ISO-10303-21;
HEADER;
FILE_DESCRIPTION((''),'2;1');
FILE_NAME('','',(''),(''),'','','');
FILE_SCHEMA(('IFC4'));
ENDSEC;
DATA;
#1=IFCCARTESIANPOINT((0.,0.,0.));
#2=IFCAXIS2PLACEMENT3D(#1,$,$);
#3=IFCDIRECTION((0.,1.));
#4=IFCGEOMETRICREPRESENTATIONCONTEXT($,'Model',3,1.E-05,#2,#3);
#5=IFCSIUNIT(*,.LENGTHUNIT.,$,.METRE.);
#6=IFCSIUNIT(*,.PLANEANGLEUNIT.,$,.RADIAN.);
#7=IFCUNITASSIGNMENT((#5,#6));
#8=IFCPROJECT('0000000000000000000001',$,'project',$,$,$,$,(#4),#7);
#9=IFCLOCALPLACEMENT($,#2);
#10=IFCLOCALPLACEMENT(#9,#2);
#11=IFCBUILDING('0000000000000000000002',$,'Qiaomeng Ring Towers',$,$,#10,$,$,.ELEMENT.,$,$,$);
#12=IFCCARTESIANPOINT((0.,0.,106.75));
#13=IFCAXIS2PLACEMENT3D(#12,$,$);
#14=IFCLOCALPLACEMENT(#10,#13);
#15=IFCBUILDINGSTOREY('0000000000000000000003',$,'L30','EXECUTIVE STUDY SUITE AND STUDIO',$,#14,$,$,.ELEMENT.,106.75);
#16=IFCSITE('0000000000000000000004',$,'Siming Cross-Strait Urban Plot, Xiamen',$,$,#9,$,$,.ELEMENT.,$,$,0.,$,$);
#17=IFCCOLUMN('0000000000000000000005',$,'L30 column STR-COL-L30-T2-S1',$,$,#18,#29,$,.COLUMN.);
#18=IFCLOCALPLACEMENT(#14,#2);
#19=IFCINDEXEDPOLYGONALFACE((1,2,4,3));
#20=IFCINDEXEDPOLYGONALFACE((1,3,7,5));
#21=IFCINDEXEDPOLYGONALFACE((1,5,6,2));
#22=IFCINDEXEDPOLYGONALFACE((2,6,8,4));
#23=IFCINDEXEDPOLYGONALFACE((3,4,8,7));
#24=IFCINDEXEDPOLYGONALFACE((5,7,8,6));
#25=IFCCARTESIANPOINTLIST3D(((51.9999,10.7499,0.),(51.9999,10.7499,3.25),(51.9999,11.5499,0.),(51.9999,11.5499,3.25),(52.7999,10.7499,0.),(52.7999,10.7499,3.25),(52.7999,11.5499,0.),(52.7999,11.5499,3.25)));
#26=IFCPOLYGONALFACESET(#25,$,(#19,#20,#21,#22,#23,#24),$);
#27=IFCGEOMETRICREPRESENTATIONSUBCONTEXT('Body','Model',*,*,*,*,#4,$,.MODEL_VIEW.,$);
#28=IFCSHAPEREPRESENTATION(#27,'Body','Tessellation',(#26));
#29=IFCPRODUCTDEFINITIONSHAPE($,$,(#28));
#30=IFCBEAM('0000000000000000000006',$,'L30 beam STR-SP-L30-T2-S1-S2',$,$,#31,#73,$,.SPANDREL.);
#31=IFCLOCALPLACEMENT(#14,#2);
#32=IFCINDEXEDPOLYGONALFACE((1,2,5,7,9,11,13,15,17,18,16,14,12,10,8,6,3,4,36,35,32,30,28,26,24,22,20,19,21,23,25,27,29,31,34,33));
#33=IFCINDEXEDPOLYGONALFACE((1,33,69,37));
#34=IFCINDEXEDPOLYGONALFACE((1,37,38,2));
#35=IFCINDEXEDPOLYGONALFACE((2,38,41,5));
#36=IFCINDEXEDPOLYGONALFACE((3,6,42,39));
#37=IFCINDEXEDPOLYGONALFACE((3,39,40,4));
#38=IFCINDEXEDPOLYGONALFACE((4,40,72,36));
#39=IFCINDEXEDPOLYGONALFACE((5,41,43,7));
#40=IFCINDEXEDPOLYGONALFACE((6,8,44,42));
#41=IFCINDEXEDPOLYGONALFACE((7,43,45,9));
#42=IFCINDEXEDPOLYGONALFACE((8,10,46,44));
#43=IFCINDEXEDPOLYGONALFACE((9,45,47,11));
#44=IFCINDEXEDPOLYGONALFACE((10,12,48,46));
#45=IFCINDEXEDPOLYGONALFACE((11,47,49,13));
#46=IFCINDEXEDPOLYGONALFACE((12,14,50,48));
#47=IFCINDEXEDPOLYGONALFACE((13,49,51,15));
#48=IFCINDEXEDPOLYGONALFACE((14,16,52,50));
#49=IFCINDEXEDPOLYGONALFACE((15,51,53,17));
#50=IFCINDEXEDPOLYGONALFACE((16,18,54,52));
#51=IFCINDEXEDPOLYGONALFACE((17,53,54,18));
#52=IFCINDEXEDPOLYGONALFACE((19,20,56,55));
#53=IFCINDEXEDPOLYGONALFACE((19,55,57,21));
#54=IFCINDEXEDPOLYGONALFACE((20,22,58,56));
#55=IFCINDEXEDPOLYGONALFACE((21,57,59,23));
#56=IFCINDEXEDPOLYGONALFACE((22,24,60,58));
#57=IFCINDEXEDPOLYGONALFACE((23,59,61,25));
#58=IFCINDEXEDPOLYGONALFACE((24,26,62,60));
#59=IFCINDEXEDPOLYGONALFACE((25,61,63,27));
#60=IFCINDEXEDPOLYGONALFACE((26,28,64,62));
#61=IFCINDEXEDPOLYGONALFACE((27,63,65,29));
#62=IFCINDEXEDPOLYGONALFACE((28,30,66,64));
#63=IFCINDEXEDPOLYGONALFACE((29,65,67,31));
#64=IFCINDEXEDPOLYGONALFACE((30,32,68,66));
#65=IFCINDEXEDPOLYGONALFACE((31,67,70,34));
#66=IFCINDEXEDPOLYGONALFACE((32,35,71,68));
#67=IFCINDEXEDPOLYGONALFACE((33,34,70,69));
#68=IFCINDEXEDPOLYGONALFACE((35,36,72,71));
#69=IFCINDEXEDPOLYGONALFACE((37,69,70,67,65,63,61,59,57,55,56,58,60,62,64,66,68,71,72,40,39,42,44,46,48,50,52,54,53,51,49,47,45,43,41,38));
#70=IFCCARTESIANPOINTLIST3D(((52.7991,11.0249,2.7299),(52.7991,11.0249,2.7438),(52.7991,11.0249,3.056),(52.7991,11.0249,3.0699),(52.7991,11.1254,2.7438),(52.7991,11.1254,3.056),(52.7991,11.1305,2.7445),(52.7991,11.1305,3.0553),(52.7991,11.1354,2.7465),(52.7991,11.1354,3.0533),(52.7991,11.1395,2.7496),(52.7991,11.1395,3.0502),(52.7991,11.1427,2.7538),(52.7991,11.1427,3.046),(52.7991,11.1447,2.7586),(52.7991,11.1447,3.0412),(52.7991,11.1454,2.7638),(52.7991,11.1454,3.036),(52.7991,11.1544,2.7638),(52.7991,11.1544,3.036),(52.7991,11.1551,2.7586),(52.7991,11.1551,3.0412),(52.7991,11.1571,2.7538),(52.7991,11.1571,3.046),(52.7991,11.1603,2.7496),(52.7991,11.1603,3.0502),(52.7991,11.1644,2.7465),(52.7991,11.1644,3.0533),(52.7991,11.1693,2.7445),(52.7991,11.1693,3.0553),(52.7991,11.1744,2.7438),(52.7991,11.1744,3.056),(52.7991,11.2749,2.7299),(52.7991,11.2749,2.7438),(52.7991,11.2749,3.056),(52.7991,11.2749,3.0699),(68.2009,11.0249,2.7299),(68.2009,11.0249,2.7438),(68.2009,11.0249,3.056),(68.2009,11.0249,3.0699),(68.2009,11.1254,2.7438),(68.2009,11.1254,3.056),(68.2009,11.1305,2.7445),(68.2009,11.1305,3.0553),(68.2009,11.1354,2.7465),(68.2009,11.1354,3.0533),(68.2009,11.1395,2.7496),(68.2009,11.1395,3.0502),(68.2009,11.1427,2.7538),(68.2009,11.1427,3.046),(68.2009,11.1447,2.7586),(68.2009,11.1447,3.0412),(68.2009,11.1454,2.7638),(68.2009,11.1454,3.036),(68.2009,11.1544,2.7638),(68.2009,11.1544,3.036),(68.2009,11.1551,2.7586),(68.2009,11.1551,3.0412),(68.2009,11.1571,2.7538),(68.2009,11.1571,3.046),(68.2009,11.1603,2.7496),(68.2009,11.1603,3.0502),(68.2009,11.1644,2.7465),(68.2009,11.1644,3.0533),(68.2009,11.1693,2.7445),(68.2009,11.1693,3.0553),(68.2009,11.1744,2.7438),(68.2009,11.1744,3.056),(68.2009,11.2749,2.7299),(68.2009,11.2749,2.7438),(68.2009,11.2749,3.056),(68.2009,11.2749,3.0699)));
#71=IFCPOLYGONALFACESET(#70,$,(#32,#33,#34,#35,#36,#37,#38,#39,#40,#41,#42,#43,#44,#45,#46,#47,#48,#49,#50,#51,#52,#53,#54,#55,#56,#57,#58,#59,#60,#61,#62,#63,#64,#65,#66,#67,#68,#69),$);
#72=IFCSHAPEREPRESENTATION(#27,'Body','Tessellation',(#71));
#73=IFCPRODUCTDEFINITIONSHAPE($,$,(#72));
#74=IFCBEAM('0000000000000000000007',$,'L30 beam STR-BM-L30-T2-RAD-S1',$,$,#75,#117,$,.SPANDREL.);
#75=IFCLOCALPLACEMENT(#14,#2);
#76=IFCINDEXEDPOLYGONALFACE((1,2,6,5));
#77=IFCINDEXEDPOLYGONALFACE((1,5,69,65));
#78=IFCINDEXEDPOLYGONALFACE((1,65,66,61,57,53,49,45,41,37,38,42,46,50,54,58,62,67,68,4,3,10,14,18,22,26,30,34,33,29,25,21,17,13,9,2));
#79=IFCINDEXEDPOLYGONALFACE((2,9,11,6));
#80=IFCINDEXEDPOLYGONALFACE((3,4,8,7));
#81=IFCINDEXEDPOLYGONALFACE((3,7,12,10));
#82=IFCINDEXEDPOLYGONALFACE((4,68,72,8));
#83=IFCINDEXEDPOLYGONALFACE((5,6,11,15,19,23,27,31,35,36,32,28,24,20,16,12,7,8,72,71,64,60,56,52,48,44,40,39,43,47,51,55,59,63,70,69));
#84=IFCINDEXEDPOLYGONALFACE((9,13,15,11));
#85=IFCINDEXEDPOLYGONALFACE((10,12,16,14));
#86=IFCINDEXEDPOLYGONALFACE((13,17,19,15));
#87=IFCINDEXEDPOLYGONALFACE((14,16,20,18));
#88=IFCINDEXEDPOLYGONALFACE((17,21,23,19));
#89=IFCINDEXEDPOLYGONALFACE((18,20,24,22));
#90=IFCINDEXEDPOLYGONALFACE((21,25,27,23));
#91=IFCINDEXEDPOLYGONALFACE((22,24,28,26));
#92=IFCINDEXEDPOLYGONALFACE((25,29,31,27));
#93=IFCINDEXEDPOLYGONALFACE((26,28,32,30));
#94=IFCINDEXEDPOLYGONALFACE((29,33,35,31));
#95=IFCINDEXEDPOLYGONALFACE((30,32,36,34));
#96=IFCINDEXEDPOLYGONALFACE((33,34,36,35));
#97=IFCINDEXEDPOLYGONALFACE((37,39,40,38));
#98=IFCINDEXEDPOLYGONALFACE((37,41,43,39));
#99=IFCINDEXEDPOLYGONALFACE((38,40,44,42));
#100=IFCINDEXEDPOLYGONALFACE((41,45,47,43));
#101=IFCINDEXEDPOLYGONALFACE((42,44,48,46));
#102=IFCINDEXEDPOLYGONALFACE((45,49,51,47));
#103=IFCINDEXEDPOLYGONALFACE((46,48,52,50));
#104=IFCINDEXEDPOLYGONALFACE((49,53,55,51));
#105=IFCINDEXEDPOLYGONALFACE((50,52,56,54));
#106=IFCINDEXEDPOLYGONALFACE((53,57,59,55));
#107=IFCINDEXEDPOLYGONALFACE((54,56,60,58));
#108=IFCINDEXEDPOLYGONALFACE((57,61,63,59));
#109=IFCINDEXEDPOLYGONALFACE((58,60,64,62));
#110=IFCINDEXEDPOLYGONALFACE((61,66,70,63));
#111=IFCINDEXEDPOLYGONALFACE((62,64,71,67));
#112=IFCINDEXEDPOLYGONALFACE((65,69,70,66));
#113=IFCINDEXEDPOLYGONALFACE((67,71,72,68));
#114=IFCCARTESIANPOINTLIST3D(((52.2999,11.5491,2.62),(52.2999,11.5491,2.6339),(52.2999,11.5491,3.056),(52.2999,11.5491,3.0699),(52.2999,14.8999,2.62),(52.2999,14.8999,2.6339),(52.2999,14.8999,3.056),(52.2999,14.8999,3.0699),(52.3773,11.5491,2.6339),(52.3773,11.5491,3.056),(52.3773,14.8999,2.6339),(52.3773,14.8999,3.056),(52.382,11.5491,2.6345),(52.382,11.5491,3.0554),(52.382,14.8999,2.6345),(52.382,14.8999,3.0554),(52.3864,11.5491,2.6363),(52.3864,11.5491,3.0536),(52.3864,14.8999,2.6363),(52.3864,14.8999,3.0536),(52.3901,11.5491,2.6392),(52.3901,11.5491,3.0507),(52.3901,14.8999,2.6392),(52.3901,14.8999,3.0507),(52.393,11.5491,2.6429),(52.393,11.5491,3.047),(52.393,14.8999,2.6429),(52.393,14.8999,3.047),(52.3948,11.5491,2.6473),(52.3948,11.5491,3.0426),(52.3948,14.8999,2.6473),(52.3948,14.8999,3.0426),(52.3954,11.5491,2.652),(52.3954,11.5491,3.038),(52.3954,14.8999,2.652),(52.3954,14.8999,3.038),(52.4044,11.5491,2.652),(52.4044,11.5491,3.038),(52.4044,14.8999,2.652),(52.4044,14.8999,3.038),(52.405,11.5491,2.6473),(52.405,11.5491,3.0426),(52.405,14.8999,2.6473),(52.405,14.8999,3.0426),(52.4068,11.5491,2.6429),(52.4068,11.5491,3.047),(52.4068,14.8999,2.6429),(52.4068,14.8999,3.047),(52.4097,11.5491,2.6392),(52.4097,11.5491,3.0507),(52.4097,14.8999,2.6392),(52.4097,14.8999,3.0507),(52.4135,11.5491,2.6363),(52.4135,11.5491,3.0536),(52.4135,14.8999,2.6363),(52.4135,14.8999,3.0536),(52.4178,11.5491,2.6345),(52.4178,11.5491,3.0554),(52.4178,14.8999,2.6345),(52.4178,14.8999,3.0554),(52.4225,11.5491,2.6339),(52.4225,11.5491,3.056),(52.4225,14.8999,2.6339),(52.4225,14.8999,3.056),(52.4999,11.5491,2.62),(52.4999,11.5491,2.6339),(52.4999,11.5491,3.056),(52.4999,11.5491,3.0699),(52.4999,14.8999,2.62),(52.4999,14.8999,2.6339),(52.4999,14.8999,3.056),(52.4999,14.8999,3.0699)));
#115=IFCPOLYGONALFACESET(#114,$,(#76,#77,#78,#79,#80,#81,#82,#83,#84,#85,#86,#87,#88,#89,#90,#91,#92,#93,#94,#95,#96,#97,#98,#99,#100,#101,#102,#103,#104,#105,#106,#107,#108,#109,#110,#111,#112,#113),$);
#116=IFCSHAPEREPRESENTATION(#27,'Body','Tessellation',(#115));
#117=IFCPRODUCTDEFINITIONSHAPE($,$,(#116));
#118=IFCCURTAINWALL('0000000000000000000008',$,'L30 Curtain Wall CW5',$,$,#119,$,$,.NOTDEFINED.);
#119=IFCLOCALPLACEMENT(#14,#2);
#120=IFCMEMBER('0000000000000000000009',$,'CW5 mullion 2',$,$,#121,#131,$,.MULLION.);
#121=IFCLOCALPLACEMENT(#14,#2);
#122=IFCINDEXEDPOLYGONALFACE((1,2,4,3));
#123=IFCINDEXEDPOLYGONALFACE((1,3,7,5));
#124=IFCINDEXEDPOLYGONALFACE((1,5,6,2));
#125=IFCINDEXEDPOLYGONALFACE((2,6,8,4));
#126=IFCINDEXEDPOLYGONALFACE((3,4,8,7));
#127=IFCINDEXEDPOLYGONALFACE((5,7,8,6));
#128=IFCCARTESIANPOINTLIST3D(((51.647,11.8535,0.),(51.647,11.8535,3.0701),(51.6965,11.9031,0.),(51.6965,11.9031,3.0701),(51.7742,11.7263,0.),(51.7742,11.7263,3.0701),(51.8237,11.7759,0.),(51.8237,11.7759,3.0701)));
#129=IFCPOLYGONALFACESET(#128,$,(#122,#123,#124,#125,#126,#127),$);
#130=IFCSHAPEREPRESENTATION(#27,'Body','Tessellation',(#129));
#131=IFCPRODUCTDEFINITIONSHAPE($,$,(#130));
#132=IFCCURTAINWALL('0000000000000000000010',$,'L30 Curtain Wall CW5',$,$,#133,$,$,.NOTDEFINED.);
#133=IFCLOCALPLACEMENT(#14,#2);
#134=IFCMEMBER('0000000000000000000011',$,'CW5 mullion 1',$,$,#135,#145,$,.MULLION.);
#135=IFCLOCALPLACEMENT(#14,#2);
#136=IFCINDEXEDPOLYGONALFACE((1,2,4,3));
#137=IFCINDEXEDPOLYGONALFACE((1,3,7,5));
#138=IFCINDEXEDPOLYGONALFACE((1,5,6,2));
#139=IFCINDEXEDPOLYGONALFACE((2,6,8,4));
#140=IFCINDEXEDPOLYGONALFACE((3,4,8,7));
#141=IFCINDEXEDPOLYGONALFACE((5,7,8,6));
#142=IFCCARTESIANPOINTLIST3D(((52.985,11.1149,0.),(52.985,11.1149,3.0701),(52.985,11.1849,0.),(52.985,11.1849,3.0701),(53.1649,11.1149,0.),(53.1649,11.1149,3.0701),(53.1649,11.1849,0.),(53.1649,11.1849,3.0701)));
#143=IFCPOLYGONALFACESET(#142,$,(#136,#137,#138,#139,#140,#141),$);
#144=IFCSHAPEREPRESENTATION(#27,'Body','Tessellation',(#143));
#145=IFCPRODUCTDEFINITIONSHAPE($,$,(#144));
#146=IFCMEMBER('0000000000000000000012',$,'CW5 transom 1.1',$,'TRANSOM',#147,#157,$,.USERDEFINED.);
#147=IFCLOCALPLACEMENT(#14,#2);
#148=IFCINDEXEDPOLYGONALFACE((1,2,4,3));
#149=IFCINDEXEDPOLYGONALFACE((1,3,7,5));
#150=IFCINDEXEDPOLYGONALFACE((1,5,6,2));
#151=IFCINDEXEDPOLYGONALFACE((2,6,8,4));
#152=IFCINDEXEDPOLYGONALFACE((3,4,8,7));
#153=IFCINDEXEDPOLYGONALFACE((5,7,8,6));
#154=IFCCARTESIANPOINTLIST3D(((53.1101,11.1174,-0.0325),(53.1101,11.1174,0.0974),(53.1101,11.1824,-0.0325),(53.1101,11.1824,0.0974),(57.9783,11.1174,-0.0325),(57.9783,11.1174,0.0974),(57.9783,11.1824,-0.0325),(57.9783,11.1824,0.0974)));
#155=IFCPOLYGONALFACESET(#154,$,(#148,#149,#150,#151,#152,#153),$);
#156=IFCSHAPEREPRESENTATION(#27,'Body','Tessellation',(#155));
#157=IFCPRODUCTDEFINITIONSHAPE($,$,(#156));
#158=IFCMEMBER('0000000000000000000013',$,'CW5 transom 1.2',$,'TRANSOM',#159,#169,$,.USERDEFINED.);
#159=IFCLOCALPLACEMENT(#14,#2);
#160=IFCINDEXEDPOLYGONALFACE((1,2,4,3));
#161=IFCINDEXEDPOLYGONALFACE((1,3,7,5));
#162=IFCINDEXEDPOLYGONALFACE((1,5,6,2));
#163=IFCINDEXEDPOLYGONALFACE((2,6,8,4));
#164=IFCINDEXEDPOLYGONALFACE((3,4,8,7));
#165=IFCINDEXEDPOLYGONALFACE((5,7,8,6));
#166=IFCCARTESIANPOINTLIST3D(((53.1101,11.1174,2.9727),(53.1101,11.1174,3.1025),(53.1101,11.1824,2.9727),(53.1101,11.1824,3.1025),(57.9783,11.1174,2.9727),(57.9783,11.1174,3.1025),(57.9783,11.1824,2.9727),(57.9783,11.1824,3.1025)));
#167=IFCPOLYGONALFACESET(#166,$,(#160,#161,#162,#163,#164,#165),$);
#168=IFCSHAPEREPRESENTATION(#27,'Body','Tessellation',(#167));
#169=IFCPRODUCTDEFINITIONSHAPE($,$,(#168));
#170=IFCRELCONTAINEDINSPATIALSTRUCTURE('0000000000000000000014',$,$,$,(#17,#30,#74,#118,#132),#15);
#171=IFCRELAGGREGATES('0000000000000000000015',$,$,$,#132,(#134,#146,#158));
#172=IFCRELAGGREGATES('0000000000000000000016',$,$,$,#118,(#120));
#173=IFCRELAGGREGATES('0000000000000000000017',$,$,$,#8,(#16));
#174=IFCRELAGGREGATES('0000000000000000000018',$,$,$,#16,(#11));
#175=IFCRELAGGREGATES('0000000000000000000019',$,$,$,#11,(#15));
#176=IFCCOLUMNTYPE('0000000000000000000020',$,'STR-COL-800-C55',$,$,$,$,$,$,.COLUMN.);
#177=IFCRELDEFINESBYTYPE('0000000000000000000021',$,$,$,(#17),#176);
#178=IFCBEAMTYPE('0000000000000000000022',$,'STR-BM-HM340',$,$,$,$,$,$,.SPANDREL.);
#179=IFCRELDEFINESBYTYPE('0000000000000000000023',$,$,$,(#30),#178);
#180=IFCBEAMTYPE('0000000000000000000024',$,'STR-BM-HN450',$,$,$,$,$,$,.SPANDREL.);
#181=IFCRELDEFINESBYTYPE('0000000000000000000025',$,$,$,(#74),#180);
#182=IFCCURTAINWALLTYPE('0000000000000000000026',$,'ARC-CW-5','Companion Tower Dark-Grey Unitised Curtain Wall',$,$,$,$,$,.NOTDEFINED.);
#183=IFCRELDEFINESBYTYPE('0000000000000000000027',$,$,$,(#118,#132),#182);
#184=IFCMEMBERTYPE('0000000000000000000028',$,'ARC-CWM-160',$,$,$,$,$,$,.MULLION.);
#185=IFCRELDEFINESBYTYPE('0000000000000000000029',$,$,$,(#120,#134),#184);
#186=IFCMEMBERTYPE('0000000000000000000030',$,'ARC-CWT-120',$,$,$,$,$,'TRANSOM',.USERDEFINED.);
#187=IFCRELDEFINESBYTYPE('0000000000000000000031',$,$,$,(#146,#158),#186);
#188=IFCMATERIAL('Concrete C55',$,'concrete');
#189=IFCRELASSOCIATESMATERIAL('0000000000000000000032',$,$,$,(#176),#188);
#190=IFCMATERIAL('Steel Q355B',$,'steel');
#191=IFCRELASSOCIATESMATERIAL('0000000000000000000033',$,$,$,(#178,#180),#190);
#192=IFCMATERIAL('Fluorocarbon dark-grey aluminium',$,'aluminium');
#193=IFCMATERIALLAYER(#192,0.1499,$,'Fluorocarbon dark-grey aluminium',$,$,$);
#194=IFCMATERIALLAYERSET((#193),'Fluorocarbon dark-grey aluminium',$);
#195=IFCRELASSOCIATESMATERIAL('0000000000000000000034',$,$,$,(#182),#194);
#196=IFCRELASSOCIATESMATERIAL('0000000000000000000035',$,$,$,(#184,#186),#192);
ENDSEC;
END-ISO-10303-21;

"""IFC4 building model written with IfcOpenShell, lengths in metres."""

from ifc_helpers import new_model, si_unit, direction, frame, origin, origin_2d, place, context, subcontext, project, spatial, rectangle, i_section, extrude, source, transform, mapped, material, layer, layer_set, material_profile, profile_set, type_object, element, aggregate, save


model = new_model("IFC4")

# Units and contexts
model_context = context("Model", 3, precision=1e-05, world=origin(), true_north=direction((0.0, 1.0)))
body_context = subcontext(model_context, "Body", "Model", "MODEL_VIEW")
ifc_project = project(units=[si_unit("LENGTHUNIT", "METRE"), si_unit("PLANEANGLEUNIT", "RADIAN")], contexts=[model_context])

# Site, building, storey
site_placement = place(None, origin())
site = spatial("IfcSite", under=ifc_project, at=site_placement, Name="Siming Cross-Strait Urban Plot, Xiamen", CompositionType="ELEMENT", RefElevation=0.0)
building_placement = place(site_placement, origin())
building = spatial("IfcBuilding", under=site, at=building_placement, Name="Qiaomeng Ring Towers", CompositionType="ELEMENT")
storey_placement = place(building_placement, frame((0.0, 0.0, 106.75)))
storey = spatial("IfcBuildingStorey", under=building, at=storey_placement, Name="L30", Description="EXECUTIVE STUDY SUITE AND STUDIO", CompositionType="ELEMENT", Elevation=106.75)

# Column
ifc_material_1 = material(Name="Concrete C55", Category="concrete")
ifc_material_profile_1 = material_profile(ifc_material_1, rectangle(XDim=0.8, YDim=0.8, at=origin_2d()), Name="RC COL 800x800")
ifc_profile_set_1 = profile_set([ifc_material_profile_1], Name="Concrete C55")
column_type = type_object("IfcColumnType", Name="STR-COL-800-C55", PredefinedType="COLUMN", material=ifc_profile_set_1)
shared_shape_1 = source(origin(), body_context, "Body", "SweptSolid", [
    extrude(rectangle(XDim=0.8, YDim=0.8, at=origin_2d()), origin(), (0.0, 0.0, 1.0), 3.25),
])
column_placement = place(storey_placement, frame((52.3999, 11.1499, 0.0), z_axis=(0.0, 0.0, 1.0), x_axis=(1.0, 0.0, 0.0)))
element("IfcColumn", 1, at=column_placement, inside=storey, type_object=column_type, Name="L30 column STR-COL-L30-T2-S1", PredefinedType="COLUMN", context=body_context, shape_type="MappedRepresentation", body=[
    mapped(shared_shape_1, transform((0.0, 0.0, 0.0), x_axis=(1.0, 0.0, 0.0), y_axis=(0.0, 1.0, 0.0), z_axis=(0.0, 0.0, 1.0), scale=1.0)),
])

# Beams
ifc_material_2 = material(Name="Steel Q355B", Category="steel")
ifc_material_profile_2 = material_profile(ifc_material_2, i_section(OverallWidth=0.25, OverallDepth=0.3401, WebThickness=0.009, FlangeThickness=0.0139, FilletRadius=0.02, at=origin_2d()), Name="HM 340x250x9x14")
ifc_profile_set_2 = profile_set([ifc_material_profile_2], Name="Steel Q355B")
beam_type_1 = type_object("IfcBeamType", Name="STR-BM-HM340", PredefinedType="SPANDREL", material=ifc_profile_set_2)
shared_shape_2 = source(origin(), body_context, "Body", "SweptSolid", [
    extrude(i_section(OverallWidth=0.25, OverallDepth=0.3401, WebThickness=0.009, FlangeThickness=0.0139, FilletRadius=0.02, at=origin_2d()), origin(), (0.0, 0.0, 1.0), 15.4019),
])
beam_1_placement = place(storey_placement, frame((52.7991, 11.1499, 2.8999), z_axis=(1.0, 0.0, 0.0), x_axis=(0.0, 1.0, 0.0)))
element("IfcBeam", 2, at=beam_1_placement, inside=storey, type_object=beam_type_1, Name="L30 beam STR-SP-L30-T2-S1-S2", PredefinedType="SPANDREL", context=body_context, shape_type="MappedRepresentation", body=[
    mapped(shared_shape_2, transform((0.0, 0.0, 0.0), x_axis=(1.0, 0.0, 0.0), y_axis=(0.0, 1.0, 0.0), z_axis=(0.0, 0.0, 1.0), scale=1.0)),
])
ifc_material_profile_3 = material_profile(ifc_material_2, i_section(OverallWidth=0.2, OverallDepth=0.45, WebThickness=0.009, FlangeThickness=0.0139, FilletRadius=0.0181, at=origin_2d()), Name="HN 450x200x9x14")
ifc_profile_set_3 = profile_set([ifc_material_profile_3], Name="Steel Q355B")
beam_type_2 = type_object("IfcBeamType", Name="STR-BM-HN450", PredefinedType="SPANDREL", material=ifc_profile_set_3)
shared_shape_3 = source(origin(), body_context, "Body", "SweptSolid", [
    extrude(i_section(OverallWidth=0.2, OverallDepth=0.45, WebThickness=0.009, FlangeThickness=0.0139, FilletRadius=0.0181, at=origin_2d()), origin(), (0.0, 0.0, 1.0), 3.3508),
])
beam_2_placement = place(storey_placement, frame((52.3999, 11.5491, 2.845), z_axis=(0.0, 1.0, 0.0), x_axis=(-1.0, 0.0, 0.0)))
element("IfcBeam", 3, at=beam_2_placement, inside=storey, type_object=beam_type_2, Name="L30 beam STR-BM-L30-T2-RAD-S1", PredefinedType="SPANDREL", context=body_context, shape_type="MappedRepresentation", body=[
    mapped(shared_shape_3, transform((0.0, 0.0, 0.0), x_axis=(1.0, 0.0, 0.0), y_axis=(0.0, 1.0, 0.0), z_axis=(0.0, 0.0, 1.0), scale=1.0)),
])

# Curtain wall, member
ifc_material_3 = material(Name="Fluorocarbon dark-grey aluminium", Category="aluminium")
ifc_layer_1 = layer(ifc_material_3, 0.1499, Name="Fluorocarbon dark-grey aluminium")
ifc_layer_set_1 = layer_set([ifc_layer_1], Name="Fluorocarbon dark-grey aluminium")
curtain_wall_type = type_object("IfcCurtainWallType", Name="ARC-CW-5", Description="Companion Tower Dark-Grey Unitised Curtain Wall", PredefinedType="NOTDEFINED", material=ifc_layer_set_1)
curtain_wall_1_placement = place(storey_placement, origin())
curtain_wall_1 = element("IfcCurtainWall", 4, at=curtain_wall_1_placement, inside=storey, type_object=curtain_wall_type, Name="L30 Curtain Wall CW5", PredefinedType="NOTDEFINED")
ifc_material_profile_4 = material_profile(ifc_material_3, rectangle(XDim=0.0701, YDim=0.1799, at=origin_2d()), Name="ALU MULL 70x180")
ifc_profile_set_4 = profile_set([ifc_material_profile_4], Name="Fluorocarbon dark-grey aluminium")
member_type_1 = type_object("IfcMemberType", Name="ARC-CWM-160", PredefinedType="MULLION", material=ifc_profile_set_4)
shared_shape_4 = source(origin(), body_context, "Body", "SweptSolid", [
    extrude(rectangle(XDim=0.0701, YDim=0.1799, at=origin_2d()), origin(), (0.0, 0.0, 1.0), 3.0701),
])
member_1_placement = place(storey_placement, frame((51.7354, 11.8147, 0.0), z_axis=(0.0, 0.0, 1.0), x_axis=(0.707107, 0.707107, 0.0)))
member_1 = element("IfcMember", 5, at=member_1_placement, type_object=member_type_1, Name="CW5 mullion 2", PredefinedType="MULLION", context=body_context, shape_type="MappedRepresentation", body=[
    mapped(shared_shape_4, transform((0.0, 0.0, 0.0), x_axis=(1.0, 0.0, 0.0), y_axis=(0.0, 1.0, 0.0), z_axis=(0.0, 0.0, 1.0), scale=1.0)),
])

# Curtain wall, members
curtain_wall_2_placement = place(storey_placement, origin())
curtain_wall_2 = element("IfcCurtainWall", 6, at=curtain_wall_2_placement, inside=storey, type_object=curtain_wall_type, Name="L30 Curtain Wall CW5", PredefinedType="NOTDEFINED")
member_2_placement = place(storey_placement, frame((53.075, 11.1499, 0.0), z_axis=(0.0, 0.0, 1.0), x_axis=(0.0, 1.0, 0.0)))
member_2 = element("IfcMember", 7, at=member_2_placement, type_object=member_type_1, Name="CW5 mullion 1", PredefinedType="MULLION", context=body_context, shape_type="MappedRepresentation", body=[
    mapped(shared_shape_4, transform((0.0, 0.0, 0.0), x_axis=(1.0, 0.0, 0.0), y_axis=(0.0, 1.0, 0.0), z_axis=(0.0, 0.0, 1.0), scale=1.0)),
])
ifc_material_profile_5 = material_profile(ifc_material_3, rectangle(XDim=0.0649, YDim=0.1299, at=origin_2d()), Name="ALU TRAN 65x130")
ifc_profile_set_5 = profile_set([ifc_material_profile_5], Name="Fluorocarbon dark-grey aluminium")
member_type_2 = type_object("IfcMemberType", Name="ARC-CWT-120", ElementType="TRANSOM", PredefinedType="USERDEFINED", material=ifc_profile_set_5)
shared_shape_5 = source(origin(), body_context, "Body", "SweptSolid", [
    extrude(rectangle(XDim=0.0649, YDim=0.1299, at=origin_2d()), origin(), (0.0, 0.0, 1.0), 4.8682),
])
member_3_placement = place(storey_placement, frame((53.1101, 11.1499, 0.0325), z_axis=(1.0, 0.0, 0.0), x_axis=(0.0, 1.0, 0.0)))
member_3 = element("IfcMember", 8, at=member_3_placement, type_object=member_type_2, Name="CW5 transom 1.1", ObjectType="TRANSOM", PredefinedType="USERDEFINED", context=body_context, shape_type="MappedRepresentation", body=[
    mapped(shared_shape_5, transform((0.0, 0.0, 0.0), x_axis=(1.0, 0.0, 0.0), y_axis=(0.0, 1.0, 0.0), z_axis=(0.0, 0.0, 1.0), scale=1.0)),
])
member_4_placement = place(storey_placement, frame((53.1101, 11.1499, 3.0376), z_axis=(1.0, 0.0, 0.0), x_axis=(0.0, 1.0, 0.0)))
member_4 = element("IfcMember", 9, at=member_4_placement, type_object=member_type_2, Name="CW5 transom 1.2", ObjectType="TRANSOM", PredefinedType="USERDEFINED", context=body_context, shape_type="MappedRepresentation", body=[
    mapped(shared_shape_5, transform((0.0, 0.0, 0.0), x_axis=(1.0, 0.0, 0.0), y_axis=(0.0, 1.0, 0.0), z_axis=(0.0, 0.0, 1.0), scale=1.0)),
])
aggregate(curtain_wall_2, [member_2, member_3, member_4])

aggregate(curtain_wall_1, [member_1])

save(model, "model.ifc")
